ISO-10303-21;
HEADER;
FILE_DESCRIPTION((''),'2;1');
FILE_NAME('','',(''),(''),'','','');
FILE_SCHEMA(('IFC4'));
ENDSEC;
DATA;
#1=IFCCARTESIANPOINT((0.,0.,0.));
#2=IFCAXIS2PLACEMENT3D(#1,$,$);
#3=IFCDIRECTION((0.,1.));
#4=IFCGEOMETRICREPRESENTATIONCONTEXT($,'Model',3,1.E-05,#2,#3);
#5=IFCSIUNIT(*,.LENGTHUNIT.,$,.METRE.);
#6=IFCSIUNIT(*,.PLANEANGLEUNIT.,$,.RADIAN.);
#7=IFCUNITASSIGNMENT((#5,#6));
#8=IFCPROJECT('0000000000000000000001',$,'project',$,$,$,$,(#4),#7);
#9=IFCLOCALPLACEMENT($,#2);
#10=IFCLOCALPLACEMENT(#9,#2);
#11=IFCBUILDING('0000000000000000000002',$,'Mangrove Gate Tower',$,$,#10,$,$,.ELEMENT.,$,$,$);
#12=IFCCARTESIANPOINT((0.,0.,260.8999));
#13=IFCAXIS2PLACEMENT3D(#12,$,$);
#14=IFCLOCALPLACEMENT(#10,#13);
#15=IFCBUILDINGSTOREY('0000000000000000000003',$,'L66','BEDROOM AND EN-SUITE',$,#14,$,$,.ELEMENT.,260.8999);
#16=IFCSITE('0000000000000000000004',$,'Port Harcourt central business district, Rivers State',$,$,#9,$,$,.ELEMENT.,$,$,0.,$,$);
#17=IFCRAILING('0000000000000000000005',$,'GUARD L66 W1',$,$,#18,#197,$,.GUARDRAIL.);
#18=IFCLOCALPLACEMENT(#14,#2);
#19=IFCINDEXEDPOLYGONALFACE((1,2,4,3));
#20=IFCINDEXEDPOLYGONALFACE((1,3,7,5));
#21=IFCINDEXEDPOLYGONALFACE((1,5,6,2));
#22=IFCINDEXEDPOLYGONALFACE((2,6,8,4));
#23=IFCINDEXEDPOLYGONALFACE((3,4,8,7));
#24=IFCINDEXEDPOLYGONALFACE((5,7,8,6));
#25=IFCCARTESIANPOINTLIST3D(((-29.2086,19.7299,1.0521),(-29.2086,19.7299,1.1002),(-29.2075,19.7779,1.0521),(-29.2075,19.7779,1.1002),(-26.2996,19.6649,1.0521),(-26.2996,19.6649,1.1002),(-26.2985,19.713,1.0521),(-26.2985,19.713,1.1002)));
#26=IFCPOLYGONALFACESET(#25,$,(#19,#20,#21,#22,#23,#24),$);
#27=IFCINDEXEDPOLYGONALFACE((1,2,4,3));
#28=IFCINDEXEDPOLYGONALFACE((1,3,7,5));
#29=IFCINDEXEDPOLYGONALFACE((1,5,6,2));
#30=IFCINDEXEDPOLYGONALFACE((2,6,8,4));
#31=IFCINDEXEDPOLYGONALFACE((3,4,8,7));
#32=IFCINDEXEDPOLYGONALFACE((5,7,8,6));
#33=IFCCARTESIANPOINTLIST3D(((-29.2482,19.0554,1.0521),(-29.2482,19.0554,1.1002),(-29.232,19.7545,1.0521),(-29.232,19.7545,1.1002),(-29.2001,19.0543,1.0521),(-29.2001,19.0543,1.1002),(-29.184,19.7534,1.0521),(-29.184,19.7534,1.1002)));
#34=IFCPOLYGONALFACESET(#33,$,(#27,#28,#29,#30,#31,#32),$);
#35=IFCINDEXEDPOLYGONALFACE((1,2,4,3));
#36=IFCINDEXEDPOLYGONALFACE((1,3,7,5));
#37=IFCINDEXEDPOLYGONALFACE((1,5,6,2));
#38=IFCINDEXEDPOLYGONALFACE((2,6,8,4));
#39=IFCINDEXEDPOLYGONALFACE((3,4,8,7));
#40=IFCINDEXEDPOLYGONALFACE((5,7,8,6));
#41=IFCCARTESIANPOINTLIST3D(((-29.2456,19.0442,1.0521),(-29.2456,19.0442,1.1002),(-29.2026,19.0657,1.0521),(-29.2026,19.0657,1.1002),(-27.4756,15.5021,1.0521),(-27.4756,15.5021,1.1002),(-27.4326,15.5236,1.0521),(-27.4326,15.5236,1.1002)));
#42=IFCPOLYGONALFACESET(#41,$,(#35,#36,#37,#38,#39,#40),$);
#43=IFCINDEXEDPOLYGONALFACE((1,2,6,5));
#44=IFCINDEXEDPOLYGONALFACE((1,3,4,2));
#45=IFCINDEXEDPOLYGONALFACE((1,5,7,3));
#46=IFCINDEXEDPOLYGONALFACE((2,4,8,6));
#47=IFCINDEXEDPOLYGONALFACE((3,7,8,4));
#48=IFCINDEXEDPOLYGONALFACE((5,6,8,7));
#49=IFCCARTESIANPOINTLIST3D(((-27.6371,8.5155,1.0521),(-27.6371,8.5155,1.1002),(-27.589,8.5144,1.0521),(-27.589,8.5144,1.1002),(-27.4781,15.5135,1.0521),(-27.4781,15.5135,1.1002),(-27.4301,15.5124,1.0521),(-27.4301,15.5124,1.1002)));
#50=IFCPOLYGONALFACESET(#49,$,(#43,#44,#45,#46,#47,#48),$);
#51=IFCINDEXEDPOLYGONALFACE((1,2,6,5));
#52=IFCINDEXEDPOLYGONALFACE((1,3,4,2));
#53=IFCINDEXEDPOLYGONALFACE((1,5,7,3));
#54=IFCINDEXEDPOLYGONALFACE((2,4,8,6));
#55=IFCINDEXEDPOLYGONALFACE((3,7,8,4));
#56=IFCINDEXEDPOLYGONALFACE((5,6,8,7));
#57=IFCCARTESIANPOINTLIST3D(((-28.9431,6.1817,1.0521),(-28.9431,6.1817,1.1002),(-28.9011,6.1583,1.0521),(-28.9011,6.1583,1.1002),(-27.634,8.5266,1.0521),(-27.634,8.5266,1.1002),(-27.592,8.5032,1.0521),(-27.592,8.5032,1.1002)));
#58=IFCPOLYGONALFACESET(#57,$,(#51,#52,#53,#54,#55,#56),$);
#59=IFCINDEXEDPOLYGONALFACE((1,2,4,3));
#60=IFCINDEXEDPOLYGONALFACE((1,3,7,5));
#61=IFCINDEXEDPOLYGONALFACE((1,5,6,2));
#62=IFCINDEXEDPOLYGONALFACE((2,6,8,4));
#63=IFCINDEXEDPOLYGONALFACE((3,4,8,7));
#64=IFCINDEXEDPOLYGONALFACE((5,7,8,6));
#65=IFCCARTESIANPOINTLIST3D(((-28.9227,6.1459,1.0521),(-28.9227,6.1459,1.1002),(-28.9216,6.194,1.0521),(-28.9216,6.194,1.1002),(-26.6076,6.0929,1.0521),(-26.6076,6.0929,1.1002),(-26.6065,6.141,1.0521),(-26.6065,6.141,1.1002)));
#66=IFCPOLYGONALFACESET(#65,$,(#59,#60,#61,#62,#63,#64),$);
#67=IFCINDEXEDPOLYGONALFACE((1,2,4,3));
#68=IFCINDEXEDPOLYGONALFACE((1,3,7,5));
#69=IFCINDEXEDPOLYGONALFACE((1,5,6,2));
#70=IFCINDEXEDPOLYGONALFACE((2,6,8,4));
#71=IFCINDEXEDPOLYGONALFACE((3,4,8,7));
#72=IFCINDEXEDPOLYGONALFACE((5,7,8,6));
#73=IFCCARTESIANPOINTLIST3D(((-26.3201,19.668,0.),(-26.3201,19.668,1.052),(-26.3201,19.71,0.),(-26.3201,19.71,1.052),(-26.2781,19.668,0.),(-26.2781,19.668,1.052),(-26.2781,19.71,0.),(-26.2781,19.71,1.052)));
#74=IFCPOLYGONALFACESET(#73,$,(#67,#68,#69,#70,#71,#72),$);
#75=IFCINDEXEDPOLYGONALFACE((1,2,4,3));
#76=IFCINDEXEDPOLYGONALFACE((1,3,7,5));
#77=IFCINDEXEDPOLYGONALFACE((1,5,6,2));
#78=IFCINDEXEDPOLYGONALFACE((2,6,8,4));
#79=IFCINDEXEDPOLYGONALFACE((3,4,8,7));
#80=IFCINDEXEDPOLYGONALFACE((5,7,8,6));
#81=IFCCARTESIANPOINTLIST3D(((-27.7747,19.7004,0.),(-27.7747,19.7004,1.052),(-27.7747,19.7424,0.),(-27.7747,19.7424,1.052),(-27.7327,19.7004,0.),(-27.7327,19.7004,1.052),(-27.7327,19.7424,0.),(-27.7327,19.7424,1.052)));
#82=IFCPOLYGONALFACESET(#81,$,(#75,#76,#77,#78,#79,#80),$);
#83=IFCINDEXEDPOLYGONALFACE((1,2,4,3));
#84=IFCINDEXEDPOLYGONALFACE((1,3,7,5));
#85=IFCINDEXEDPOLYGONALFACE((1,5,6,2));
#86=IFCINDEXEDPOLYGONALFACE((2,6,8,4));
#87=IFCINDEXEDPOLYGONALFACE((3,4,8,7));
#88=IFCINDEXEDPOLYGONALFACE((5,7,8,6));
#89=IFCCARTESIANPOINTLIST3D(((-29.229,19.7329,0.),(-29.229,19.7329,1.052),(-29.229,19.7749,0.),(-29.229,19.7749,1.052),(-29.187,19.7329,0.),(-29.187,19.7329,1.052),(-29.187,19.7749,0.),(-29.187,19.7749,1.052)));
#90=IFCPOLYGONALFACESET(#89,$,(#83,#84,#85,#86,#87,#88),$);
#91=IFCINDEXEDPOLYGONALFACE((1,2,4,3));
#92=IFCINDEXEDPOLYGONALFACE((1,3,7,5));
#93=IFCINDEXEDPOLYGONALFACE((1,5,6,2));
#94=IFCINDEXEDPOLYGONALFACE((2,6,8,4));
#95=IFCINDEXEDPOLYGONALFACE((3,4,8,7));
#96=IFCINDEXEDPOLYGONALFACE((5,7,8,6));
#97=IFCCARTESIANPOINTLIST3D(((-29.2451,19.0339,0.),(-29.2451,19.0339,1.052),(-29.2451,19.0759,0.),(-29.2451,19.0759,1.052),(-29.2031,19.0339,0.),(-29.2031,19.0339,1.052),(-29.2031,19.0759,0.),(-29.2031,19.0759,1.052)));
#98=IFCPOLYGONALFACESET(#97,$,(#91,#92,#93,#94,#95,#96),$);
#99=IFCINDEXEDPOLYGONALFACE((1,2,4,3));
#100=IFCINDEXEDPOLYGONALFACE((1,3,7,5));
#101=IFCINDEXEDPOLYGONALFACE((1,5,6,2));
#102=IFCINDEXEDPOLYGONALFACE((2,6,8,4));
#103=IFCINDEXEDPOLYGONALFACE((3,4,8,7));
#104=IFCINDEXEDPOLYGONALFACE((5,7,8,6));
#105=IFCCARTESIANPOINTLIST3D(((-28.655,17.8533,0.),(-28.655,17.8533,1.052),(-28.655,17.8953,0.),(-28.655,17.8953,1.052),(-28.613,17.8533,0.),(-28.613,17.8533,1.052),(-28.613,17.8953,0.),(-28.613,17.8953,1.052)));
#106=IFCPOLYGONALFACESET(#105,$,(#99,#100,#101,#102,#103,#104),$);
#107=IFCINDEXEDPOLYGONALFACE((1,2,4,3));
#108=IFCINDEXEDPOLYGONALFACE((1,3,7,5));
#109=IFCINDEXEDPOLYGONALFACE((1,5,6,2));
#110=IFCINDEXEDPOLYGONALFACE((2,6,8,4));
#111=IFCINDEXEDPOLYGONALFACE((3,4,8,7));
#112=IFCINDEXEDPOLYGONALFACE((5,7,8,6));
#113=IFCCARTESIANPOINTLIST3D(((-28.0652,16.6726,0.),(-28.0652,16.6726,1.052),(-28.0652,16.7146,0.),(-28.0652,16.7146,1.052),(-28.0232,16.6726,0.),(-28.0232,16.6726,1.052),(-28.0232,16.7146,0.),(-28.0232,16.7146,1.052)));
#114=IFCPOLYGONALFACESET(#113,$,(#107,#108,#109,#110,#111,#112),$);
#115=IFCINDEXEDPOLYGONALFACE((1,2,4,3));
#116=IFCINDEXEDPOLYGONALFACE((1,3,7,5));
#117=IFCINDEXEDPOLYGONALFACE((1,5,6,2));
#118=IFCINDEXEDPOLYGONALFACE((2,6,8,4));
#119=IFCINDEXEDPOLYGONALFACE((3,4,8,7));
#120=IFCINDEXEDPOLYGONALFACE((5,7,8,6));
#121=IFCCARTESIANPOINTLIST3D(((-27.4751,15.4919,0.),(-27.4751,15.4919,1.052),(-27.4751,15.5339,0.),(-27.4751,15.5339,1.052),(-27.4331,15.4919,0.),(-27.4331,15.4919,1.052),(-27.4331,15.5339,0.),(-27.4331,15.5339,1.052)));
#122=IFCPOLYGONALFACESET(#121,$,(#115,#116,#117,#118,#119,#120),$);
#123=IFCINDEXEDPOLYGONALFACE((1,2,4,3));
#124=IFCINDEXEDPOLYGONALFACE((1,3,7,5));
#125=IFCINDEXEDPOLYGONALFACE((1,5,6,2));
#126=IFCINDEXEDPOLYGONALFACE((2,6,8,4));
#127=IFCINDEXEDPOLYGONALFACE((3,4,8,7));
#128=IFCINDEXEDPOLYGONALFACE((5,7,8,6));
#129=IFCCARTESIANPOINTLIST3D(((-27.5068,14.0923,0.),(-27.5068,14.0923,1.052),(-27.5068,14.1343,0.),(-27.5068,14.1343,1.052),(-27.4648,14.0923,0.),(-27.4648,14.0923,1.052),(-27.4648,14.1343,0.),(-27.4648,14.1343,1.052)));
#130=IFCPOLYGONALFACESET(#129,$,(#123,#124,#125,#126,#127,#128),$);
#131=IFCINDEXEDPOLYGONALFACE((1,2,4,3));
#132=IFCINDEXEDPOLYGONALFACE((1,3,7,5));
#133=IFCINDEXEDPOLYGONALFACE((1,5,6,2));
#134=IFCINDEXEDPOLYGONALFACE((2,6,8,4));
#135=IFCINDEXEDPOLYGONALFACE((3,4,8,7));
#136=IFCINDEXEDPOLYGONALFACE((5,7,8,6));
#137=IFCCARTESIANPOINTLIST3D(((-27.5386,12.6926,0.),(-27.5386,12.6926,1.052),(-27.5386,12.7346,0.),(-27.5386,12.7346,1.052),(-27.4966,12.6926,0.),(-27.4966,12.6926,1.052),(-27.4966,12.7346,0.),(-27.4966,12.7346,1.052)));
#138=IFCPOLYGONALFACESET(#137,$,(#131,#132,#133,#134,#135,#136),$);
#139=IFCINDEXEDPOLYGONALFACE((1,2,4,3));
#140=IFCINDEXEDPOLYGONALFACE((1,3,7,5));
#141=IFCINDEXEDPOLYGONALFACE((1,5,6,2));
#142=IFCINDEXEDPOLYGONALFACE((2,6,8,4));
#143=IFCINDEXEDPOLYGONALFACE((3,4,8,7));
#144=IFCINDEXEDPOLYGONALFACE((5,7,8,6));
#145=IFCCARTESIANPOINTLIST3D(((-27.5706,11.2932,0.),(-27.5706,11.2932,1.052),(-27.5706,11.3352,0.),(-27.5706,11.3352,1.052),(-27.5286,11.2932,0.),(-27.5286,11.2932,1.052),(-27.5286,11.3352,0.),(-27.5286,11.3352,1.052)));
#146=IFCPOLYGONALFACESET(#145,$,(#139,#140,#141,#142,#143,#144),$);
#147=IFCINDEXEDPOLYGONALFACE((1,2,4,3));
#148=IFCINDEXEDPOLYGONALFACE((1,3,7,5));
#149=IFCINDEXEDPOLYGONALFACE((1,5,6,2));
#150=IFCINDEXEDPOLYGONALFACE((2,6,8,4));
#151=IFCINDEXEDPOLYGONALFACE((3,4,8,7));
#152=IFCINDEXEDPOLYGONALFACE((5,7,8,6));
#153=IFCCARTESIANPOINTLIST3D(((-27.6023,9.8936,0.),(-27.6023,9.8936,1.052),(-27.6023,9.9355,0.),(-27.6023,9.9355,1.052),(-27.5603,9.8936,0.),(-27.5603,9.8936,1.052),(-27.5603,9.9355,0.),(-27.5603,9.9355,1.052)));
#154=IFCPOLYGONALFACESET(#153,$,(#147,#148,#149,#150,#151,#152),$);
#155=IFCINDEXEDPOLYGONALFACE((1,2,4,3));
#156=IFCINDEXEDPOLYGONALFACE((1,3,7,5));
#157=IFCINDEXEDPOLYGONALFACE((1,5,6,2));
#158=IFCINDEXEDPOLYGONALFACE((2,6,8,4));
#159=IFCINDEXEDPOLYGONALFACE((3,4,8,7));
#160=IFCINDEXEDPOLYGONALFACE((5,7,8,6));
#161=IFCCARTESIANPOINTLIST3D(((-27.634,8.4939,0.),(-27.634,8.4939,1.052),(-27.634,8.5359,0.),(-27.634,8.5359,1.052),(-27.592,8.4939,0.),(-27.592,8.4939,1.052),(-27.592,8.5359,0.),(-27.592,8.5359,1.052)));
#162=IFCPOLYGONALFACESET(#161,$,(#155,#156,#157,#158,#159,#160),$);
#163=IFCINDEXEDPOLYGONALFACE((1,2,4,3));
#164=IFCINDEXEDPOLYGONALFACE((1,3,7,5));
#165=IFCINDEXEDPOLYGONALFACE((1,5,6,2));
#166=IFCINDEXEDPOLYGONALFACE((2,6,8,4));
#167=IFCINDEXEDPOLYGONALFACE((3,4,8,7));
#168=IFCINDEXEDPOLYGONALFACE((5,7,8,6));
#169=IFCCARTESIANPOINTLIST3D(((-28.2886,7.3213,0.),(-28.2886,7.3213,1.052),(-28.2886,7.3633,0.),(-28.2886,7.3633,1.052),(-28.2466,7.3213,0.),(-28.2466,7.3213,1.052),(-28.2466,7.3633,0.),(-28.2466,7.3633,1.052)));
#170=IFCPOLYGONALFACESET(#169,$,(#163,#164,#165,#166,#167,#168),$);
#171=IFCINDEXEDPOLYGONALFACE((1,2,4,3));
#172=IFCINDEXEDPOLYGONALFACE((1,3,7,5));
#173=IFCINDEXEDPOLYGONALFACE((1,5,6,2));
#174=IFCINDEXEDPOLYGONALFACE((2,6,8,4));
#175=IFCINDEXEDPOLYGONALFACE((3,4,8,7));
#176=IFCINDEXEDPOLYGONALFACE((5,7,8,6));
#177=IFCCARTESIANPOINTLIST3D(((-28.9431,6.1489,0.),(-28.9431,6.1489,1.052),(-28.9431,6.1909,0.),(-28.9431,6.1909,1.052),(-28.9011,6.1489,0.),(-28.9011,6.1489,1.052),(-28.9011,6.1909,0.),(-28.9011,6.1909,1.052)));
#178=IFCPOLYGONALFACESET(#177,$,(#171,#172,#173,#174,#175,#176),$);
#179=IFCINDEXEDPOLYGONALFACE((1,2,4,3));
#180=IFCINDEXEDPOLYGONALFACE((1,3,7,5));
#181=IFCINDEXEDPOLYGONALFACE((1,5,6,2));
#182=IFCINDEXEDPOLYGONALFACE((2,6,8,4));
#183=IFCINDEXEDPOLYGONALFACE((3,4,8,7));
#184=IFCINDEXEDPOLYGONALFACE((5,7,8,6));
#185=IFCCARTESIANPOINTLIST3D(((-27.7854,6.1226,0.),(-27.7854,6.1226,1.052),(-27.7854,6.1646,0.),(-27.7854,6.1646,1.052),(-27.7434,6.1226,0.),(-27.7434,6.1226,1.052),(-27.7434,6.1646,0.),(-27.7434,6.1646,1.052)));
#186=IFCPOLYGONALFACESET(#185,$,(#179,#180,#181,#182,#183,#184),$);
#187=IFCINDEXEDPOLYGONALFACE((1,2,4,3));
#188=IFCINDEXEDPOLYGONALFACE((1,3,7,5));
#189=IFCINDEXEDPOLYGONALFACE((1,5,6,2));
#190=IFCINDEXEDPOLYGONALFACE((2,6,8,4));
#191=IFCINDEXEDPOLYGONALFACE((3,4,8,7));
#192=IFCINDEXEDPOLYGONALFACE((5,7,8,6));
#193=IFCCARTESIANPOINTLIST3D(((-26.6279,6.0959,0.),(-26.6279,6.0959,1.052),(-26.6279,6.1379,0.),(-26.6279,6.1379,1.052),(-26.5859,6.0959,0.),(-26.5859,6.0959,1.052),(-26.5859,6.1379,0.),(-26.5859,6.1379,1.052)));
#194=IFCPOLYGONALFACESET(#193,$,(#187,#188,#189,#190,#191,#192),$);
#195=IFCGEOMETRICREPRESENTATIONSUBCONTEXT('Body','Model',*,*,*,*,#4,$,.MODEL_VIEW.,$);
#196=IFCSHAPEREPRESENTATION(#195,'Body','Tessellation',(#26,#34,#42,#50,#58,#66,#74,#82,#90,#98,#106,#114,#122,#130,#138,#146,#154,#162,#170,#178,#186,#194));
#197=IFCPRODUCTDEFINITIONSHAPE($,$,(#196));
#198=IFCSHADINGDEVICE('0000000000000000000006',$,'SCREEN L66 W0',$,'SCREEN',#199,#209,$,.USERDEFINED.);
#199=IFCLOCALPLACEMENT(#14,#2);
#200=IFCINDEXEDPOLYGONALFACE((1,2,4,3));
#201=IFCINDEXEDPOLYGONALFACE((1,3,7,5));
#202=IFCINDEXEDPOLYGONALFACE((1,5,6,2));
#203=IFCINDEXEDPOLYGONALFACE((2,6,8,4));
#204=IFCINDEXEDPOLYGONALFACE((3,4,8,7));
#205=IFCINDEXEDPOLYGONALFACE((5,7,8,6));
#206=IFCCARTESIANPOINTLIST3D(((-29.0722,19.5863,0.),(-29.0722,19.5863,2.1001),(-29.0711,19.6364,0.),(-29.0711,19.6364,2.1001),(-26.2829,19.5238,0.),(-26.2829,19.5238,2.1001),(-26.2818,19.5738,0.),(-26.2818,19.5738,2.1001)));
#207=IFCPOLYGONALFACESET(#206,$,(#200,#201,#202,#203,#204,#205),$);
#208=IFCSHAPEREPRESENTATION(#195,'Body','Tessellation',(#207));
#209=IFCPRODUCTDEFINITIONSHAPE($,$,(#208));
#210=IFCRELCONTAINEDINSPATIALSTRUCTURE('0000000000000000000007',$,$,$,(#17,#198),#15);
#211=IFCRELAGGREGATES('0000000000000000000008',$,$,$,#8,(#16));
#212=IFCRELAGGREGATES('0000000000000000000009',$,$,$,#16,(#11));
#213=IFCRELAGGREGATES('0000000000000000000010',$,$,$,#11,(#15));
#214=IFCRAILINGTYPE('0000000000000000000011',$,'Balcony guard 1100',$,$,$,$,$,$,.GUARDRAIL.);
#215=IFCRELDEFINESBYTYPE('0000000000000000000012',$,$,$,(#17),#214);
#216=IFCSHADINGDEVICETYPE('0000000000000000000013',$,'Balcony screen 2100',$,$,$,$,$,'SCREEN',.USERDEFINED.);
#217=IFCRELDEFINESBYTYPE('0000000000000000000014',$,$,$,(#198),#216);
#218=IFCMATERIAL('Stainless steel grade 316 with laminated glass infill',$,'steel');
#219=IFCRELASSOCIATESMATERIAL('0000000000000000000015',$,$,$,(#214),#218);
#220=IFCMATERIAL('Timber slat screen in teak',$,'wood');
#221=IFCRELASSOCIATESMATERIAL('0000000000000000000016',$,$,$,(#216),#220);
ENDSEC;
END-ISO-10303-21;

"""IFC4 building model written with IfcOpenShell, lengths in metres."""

from ifc_helpers import new_model, si_unit, direction, frame, origin, origin_2d, place, context, subcontext, project, spatial, rectangle, extrude, material, type_object, element, save


model = new_model("IFC4")

# Units and contexts
model_context = context("Model", 3, precision=1e-05, world=origin(), true_north=direction((0.0, 1.0)))
body_context = subcontext(model_context, "Body", "Model", "MODEL_VIEW")
ifc_project = project(units=[si_unit("LENGTHUNIT", "METRE"), si_unit("PLANEANGLEUNIT", "RADIAN")], contexts=[model_context])

# Site, building, storey
site_placement = place(None, origin())
site = spatial("IfcSite", under=ifc_project, at=site_placement, Name="Port Harcourt central business district, Rivers State", CompositionType="ELEMENT", RefElevation=0.0)
building_placement = place(site_placement, origin())
building = spatial("IfcBuilding", under=site, at=building_placement, Name="Mangrove Gate Tower", CompositionType="ELEMENT")
storey_placement = place(building_placement, frame((0.0, 0.0, 260.8999)))
storey = spatial("IfcBuildingStorey", under=building, at=storey_placement, Name="L66", Description="BEDROOM AND EN-SUITE", CompositionType="ELEMENT", Elevation=260.8999)

# Railing
ifc_material_1 = material(Name="Stainless steel grade 316 with laminated glass infill", Category="steel")
railing_type = type_object("IfcRailingType", Name="Balcony guard 1100", PredefinedType="GUARDRAIL", material=ifc_material_1)
railing_placement = place(storey_placement, frame((-26.2991, 19.689, 0.0)))
element("IfcRailing", 1, at=railing_placement, inside=storey, type_object=railing_type, Name="GUARD L66 W1", PredefinedType="GUARDRAIL", context=body_context, shape_type="SweptSolid", body=[
    extrude(rectangle(XDim=0.0481, YDim=0.0481, at=origin_2d()), frame((0.0, 0.0, 1.0762), z_axis=(-0.999751, 0.022319, 0.0), x_axis=(-0.022319, -0.999751, 0.0)), (0.0, 0.0, 1.0), 2.9097),
    extrude(rectangle(XDim=0.0481, YDim=0.0481, at=origin_2d()), frame((-2.9089, 0.0649, 1.0762), z_axis=(-0.023047, -0.999734, 0.0), x_axis=(0.999734, -0.023047, 0.0)), (0.0, 0.0, 1.0), 0.6992),
    extrude(rectangle(XDim=0.0481, YDim=0.0481, at=origin_2d()), frame((-2.925, -0.634, 1.0762), z_axis=(0.447016, -0.894526, 0.0), x_axis=(0.894526, 0.447016, 0.0)), (0.0, 0.0, 1.0), 3.9597),
    extrude(rectangle(XDim=0.0481, YDim=0.0481, at=origin_2d()), frame((-1.155, -4.176, 1.0762), z_axis=(-0.022706, -0.999742, 0.0), x_axis=(0.999742, -0.022706, 0.0)), (0.0, 0.0, 1.0), 6.9998),
    extrude(rectangle(XDim=0.0481, YDim=0.0481, at=origin_2d()), frame((-1.314, -11.1741, 1.0762), z_axis=(-0.48744, -0.873156, 0.0), x_axis=(0.873156, -0.48744, 0.0)), (0.0, 0.0, 1.0), 2.6855),
    extrude(rectangle(XDim=0.0481, YDim=0.0481, at=origin_2d()), frame((-2.623, -13.519, 1.0762), z_axis=(0.999738, -0.022877, 0.0), x_axis=(0.022877, 0.999738, 0.0)), (0.0, 0.0, 1.0), 2.3157),
    extrude(rectangle(XDim=0.042, YDim=0.042, at=origin_2d()), origin(), (0.0, 0.0, 1.0), 1.052),
    extrude(rectangle(XDim=0.042, YDim=0.042, at=origin_2d()), frame((-1.4546, 0.0325, 0.0)), (0.0, 0.0, 1.0), 1.052),
    extrude(rectangle(XDim=0.042, YDim=0.042, at=origin_2d()), frame((-2.9089, 0.0649, 0.0)), (0.0, 0.0, 1.0), 1.052),
    extrude(rectangle(XDim=0.042, YDim=0.042, at=origin_2d()), frame((-2.925, -0.634, 0.0)), (0.0, 0.0, 1.0), 1.052),
    extrude(rectangle(XDim=0.042, YDim=0.042, at=origin_2d()), frame((-2.335, -1.8147, 0.0)), (0.0, 0.0, 1.0), 1.052),
    extrude(rectangle(XDim=0.042, YDim=0.042, at=origin_2d()), frame((-1.7451, -2.9954, 0.0)), (0.0, 0.0, 1.0), 1.052),
    extrude(rectangle(XDim=0.042, YDim=0.042, at=origin_2d()), frame((-1.155, -4.176, 0.0)), (0.0, 0.0, 1.0), 1.052),
    extrude(rectangle(XDim=0.042, YDim=0.042, at=origin_2d()), frame((-1.1868, -5.5757, 0.0)), (0.0, 0.0, 1.0), 1.052),
    extrude(rectangle(XDim=0.042, YDim=0.042, at=origin_2d()), frame((-1.2185, -6.9753, 0.0)), (0.0, 0.0, 1.0), 1.052),
    extrude(rectangle(XDim=0.042, YDim=0.042, at=origin_2d()), frame((-1.2505, -8.3748, 0.0)), (0.0, 0.0, 1.0), 1.052),
    extrude(rectangle(XDim=0.042, YDim=0.042, at=origin_2d()), frame((-1.2822, -9.7744, 0.0)), (0.0, 0.0, 1.0), 1.052),
    extrude(rectangle(XDim=0.042, YDim=0.042, at=origin_2d()), frame((-1.314, -11.1741, 0.0)), (0.0, 0.0, 1.0), 1.052),
    extrude(rectangle(XDim=0.042, YDim=0.042, at=origin_2d()), frame((-1.9685, -12.3467, 0.0)), (0.0, 0.0, 1.0), 1.052),
    extrude(rectangle(XDim=0.042, YDim=0.042, at=origin_2d()), frame((-2.623, -13.519, 0.0)), (0.0, 0.0, 1.0), 1.052),
    extrude(rectangle(XDim=0.042, YDim=0.042, at=origin_2d()), frame((-1.4653, -13.5454, 0.0)), (0.0, 0.0, 1.0), 1.052),
    extrude(rectangle(XDim=0.042, YDim=0.042, at=origin_2d()), frame((-0.3079, -13.572, 0.0)), (0.0, 0.0, 1.0), 1.052),
])

# Shading device
ifc_material_2 = material(Name="Timber slat screen in teak", Category="wood")
shading_device_type = type_object("IfcShadingDeviceType", Name="Balcony screen 2100", ElementType="SCREEN", PredefinedType="USERDEFINED", material=ifc_material_2)
shading_device_placement = place(storey_placement, frame((-27.677, 19.5801, 0.0), z_axis=(0.0, 0.0, 1.0), x_axis=(-0.999749, 0.022408, 0.0)))
element("IfcShadingDevice", 2, at=shading_device_placement, inside=storey, type_object=shading_device_type, Name="SCREEN L66 W0", ObjectType="SCREEN", PredefinedType="USERDEFINED", context=body_context, shape_type="SweptSolid", body=[
    extrude(rectangle(XDim=2.79, YDim=0.05, at=origin_2d()), origin(), (0.0, 0.0, 1.0), 2.1001),
])

save(model, "model.ifc")
